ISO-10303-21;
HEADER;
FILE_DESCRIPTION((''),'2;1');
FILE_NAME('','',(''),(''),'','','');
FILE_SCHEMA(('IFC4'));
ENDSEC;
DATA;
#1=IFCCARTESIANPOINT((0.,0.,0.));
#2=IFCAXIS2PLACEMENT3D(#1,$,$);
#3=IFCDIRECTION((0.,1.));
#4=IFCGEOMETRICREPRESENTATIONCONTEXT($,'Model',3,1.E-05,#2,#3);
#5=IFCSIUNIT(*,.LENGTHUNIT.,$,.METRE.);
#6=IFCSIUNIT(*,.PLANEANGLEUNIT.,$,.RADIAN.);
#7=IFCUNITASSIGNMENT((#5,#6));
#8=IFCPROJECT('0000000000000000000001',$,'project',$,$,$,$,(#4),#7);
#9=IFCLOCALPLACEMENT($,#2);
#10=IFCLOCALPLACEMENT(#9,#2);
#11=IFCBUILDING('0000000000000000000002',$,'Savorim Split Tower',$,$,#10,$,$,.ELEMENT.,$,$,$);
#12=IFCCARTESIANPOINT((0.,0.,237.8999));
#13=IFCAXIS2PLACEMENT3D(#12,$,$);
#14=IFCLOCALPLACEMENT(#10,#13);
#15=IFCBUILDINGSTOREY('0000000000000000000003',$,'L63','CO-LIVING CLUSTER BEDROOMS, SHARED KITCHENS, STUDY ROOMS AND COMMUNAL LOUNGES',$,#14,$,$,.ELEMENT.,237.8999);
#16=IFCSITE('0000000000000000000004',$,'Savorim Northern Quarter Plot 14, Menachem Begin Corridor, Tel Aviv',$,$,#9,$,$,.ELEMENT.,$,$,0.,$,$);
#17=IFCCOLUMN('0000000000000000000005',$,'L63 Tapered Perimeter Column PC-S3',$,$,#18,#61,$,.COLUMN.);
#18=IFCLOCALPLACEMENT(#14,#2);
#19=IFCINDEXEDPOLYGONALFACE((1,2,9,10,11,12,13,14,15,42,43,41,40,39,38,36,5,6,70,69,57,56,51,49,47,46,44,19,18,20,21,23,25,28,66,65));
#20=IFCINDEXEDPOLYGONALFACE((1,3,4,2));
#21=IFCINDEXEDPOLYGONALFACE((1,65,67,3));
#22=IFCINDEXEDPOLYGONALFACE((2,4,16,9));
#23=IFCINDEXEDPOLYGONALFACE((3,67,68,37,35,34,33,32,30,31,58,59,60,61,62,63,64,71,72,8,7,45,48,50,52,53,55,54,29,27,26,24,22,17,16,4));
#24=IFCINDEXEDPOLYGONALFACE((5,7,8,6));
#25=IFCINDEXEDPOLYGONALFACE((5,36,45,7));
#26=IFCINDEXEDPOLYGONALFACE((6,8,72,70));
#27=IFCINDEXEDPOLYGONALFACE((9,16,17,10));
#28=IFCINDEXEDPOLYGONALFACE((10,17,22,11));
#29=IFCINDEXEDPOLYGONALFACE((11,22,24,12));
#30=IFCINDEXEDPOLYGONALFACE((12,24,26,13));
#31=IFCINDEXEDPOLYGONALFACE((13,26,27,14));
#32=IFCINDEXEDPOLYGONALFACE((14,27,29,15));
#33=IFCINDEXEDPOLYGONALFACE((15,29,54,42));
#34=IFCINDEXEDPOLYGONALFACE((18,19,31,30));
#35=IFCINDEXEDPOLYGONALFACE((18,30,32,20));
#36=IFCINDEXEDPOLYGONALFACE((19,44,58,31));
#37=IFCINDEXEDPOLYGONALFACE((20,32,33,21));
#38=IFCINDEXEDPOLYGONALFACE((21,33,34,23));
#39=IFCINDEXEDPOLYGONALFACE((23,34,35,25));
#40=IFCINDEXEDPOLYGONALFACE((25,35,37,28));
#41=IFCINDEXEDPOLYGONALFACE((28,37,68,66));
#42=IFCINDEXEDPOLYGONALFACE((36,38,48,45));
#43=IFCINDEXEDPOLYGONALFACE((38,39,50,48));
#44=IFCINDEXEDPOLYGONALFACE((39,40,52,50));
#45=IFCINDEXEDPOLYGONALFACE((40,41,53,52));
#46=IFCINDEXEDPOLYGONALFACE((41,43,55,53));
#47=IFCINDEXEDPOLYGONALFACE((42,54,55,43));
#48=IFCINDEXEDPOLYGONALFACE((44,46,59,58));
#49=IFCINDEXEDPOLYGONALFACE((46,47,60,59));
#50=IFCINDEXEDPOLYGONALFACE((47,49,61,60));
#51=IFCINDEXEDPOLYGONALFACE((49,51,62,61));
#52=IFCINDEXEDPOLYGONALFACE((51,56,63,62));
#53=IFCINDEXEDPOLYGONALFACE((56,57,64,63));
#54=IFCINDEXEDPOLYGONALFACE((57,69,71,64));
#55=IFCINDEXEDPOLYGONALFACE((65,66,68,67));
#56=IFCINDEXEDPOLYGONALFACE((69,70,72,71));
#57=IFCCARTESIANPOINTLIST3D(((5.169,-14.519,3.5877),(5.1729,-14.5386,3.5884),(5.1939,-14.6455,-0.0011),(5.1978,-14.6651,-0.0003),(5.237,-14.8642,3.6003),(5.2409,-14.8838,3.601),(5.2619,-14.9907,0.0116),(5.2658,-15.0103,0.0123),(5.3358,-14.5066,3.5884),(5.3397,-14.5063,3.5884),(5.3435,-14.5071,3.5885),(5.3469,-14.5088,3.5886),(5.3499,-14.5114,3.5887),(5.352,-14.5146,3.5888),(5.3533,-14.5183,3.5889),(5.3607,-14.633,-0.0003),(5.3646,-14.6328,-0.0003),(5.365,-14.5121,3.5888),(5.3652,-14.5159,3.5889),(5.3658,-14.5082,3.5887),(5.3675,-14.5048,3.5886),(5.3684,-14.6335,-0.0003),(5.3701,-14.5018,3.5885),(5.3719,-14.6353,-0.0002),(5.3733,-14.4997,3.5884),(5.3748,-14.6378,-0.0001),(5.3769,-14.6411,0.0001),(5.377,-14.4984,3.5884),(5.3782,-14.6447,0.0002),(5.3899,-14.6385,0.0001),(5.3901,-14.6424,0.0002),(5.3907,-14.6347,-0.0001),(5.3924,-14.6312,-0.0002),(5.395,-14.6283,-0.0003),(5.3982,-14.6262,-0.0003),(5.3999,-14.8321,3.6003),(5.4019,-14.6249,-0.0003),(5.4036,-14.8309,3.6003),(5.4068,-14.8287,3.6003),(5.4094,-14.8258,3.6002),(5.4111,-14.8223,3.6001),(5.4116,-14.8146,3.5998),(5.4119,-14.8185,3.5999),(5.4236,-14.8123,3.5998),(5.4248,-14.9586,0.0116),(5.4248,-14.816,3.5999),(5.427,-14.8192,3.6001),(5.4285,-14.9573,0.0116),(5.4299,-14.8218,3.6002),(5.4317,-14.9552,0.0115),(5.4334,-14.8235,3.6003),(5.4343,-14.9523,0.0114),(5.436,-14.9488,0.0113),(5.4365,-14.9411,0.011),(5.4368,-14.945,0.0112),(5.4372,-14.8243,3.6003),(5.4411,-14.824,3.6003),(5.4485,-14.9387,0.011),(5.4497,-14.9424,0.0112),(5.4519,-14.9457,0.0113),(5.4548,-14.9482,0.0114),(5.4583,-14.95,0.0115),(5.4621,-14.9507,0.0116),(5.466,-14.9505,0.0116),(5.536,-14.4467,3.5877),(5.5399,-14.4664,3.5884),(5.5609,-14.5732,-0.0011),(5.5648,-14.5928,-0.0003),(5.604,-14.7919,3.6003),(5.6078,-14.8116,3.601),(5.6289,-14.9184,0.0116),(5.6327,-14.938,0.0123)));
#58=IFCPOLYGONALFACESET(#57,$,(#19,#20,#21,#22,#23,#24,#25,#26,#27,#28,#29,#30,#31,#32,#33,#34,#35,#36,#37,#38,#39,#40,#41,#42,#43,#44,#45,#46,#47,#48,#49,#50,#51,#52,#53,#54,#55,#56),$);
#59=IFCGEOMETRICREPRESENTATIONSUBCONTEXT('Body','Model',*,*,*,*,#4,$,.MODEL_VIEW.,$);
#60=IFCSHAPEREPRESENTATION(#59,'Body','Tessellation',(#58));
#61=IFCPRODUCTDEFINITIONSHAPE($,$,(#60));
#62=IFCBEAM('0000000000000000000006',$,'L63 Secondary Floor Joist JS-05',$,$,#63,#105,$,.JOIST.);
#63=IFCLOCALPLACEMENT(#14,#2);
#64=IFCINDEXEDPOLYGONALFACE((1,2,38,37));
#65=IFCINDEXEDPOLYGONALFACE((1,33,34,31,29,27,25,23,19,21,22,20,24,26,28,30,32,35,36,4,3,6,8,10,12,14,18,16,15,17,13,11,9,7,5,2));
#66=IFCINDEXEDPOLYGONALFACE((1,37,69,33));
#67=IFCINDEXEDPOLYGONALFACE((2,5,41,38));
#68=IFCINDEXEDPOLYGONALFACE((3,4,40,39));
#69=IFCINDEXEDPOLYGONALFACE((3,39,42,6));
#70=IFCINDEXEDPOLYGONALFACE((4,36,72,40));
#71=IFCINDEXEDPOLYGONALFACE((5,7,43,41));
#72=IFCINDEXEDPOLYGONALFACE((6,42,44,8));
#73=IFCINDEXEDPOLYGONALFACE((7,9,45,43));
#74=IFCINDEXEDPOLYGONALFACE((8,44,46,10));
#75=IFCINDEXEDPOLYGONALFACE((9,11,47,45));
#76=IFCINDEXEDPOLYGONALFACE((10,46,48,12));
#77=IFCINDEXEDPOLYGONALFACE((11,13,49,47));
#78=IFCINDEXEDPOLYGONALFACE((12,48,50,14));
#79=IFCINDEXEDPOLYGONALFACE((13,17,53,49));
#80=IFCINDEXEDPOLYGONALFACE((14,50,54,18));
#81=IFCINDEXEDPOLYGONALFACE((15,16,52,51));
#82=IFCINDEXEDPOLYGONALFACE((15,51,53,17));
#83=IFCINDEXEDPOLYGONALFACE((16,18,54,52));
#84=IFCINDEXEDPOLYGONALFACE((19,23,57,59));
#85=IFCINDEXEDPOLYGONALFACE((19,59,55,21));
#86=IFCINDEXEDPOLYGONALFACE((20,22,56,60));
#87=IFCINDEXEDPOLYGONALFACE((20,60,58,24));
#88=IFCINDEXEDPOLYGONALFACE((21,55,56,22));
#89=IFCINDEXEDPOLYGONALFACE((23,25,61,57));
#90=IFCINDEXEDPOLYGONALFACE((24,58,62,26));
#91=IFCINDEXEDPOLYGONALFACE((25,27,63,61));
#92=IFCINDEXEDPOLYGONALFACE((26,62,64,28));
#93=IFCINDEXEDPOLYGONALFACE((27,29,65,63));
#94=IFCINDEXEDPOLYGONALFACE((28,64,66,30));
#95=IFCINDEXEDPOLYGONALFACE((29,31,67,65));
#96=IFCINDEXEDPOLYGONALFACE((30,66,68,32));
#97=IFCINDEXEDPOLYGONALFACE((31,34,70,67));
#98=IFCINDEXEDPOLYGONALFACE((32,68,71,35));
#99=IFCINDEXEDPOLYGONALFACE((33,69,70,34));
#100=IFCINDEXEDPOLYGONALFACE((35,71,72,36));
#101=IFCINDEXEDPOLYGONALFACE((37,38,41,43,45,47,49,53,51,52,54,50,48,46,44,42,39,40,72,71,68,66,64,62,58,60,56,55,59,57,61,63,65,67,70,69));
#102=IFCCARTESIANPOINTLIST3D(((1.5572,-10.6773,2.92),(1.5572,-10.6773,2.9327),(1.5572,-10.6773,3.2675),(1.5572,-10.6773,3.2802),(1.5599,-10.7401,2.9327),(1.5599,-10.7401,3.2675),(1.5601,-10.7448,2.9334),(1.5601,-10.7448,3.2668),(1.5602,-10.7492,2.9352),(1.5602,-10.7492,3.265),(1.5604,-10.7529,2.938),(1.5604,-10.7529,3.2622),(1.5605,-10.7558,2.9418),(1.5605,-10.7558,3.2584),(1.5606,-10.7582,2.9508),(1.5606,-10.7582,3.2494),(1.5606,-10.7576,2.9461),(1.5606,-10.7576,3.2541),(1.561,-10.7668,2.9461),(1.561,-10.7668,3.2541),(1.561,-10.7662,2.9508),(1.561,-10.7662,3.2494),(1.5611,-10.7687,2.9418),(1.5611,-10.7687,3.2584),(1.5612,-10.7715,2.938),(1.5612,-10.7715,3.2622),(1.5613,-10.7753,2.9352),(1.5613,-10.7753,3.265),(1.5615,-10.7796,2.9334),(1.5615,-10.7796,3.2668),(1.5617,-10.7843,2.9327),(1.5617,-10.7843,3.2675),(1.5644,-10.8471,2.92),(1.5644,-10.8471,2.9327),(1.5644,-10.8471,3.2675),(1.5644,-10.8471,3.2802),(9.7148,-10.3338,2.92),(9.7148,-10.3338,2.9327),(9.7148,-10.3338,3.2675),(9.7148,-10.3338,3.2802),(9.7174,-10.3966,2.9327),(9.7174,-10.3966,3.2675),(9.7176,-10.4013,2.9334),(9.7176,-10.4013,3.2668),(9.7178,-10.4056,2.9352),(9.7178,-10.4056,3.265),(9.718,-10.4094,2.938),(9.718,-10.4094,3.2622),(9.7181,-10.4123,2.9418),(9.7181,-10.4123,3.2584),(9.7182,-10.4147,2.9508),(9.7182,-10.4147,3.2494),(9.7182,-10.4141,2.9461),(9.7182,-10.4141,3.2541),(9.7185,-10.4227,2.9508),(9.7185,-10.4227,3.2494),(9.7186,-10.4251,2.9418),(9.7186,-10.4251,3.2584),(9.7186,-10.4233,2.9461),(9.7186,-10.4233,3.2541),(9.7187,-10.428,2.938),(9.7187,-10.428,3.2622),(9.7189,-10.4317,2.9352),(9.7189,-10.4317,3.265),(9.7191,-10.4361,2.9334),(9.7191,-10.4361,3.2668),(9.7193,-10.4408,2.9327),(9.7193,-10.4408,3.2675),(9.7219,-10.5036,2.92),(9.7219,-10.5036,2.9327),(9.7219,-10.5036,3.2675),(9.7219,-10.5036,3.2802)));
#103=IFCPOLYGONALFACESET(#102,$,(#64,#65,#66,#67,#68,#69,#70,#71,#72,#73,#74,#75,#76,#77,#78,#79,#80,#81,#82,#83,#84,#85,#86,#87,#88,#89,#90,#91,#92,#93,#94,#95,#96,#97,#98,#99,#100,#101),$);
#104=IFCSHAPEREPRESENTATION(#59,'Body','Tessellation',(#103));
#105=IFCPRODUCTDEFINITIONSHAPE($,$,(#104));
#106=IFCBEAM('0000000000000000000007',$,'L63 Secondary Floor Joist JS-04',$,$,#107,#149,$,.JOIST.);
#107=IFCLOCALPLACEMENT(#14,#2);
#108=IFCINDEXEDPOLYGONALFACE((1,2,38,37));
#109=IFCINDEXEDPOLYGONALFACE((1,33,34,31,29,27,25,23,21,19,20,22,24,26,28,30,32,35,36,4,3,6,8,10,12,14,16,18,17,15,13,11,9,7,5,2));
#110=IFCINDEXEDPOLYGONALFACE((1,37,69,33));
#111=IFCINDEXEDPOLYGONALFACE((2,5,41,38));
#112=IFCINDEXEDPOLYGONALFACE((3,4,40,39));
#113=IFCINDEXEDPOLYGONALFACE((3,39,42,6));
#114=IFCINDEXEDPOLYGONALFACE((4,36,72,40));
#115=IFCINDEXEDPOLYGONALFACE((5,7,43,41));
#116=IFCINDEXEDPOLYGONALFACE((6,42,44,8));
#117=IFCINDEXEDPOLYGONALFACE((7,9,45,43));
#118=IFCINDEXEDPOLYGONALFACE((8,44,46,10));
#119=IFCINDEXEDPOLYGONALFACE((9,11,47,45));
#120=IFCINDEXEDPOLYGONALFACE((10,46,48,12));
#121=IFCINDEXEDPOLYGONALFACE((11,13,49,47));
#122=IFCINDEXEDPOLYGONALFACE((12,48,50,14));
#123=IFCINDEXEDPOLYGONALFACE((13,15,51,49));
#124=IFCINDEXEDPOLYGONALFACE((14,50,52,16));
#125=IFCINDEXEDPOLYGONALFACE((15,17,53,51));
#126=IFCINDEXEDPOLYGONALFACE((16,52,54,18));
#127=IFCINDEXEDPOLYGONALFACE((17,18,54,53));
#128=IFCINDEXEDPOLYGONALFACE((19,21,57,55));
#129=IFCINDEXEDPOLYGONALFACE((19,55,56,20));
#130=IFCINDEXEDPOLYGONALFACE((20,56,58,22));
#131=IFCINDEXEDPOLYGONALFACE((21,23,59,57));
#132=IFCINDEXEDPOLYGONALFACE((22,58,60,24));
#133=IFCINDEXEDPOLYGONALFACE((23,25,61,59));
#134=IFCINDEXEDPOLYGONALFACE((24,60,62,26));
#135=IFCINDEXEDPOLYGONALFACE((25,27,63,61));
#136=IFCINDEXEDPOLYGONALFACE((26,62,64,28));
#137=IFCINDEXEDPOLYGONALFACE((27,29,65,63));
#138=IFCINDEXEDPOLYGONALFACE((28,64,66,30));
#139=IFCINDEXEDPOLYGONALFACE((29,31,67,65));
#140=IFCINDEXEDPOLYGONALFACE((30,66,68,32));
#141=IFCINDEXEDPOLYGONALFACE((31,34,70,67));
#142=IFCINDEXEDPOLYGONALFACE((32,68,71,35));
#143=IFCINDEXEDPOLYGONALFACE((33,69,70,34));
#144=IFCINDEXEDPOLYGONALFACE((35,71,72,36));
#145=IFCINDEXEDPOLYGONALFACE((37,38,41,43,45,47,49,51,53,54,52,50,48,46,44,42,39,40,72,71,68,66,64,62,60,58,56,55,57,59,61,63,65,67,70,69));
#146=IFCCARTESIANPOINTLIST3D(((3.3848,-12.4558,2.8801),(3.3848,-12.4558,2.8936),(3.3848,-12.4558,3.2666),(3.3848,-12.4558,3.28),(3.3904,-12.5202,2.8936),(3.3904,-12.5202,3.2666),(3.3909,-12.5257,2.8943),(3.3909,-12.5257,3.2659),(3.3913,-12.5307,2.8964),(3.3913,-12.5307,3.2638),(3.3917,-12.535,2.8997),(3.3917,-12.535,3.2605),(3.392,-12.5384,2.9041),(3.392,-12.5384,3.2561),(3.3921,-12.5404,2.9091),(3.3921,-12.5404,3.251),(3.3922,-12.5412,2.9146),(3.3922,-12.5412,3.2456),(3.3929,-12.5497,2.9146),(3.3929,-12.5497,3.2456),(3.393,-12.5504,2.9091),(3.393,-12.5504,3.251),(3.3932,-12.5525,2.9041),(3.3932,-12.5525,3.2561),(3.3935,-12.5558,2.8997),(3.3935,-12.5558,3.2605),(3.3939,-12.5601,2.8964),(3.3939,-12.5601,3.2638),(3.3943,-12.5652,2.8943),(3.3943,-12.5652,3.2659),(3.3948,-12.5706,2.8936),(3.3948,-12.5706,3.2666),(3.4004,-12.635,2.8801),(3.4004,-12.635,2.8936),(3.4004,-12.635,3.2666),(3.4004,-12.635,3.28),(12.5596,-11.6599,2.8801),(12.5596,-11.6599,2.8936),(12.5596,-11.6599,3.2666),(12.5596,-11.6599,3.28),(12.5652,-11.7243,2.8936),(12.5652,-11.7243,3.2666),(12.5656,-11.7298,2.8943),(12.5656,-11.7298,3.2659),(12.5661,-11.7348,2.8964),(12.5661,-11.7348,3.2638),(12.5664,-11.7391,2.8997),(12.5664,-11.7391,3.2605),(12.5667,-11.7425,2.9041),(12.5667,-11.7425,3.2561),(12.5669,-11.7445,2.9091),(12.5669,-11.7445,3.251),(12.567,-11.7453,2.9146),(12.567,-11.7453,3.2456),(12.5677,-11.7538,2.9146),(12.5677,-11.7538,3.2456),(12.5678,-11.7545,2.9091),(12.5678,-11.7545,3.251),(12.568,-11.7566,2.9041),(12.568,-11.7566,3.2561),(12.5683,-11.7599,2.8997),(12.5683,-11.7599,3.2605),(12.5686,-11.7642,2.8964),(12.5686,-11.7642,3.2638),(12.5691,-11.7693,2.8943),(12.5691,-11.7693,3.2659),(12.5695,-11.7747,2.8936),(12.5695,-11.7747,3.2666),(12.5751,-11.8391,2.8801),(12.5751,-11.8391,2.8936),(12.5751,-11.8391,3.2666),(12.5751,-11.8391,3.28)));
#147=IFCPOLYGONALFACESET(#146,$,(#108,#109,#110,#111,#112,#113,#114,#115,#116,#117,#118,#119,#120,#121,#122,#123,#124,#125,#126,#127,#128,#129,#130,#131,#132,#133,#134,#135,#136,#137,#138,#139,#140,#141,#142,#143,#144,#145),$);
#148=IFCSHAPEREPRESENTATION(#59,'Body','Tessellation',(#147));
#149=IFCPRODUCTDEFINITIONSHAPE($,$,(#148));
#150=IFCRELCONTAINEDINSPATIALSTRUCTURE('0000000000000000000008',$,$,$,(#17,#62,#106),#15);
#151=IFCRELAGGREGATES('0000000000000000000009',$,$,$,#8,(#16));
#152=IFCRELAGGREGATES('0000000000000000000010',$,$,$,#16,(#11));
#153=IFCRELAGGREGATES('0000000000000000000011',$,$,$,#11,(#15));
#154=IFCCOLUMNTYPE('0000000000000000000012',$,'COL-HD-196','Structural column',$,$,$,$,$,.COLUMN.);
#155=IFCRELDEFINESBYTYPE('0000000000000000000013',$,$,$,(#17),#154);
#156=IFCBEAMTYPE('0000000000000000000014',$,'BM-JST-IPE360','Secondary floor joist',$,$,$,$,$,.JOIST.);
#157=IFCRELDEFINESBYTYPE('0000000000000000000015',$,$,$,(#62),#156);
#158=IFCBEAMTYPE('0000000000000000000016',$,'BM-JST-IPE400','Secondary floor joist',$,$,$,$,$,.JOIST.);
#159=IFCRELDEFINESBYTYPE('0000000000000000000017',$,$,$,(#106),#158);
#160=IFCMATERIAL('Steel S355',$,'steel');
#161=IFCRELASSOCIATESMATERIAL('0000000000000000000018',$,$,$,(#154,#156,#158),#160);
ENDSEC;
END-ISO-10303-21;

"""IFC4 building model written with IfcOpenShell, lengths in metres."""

from ifc_helpers import new_model, si_unit, direction, frame, origin, origin_2d, place, context, subcontext, project, spatial, i_section, extrude, material, material_profile, profile_set, type_object, element, save


model = new_model("IFC4")

# Units and contexts
model_context = context("Model", 3, precision=1e-05, world=origin(), true_north=direction((0.0, 1.0)))
body_context = subcontext(model_context, "Body", "Model", "MODEL_VIEW")
ifc_project = project(units=[si_unit("LENGTHUNIT", "METRE"), si_unit("PLANEANGLEUNIT", "RADIAN")], contexts=[model_context])

# Site, building, storey
site_placement = place(None, origin())
site = spatial("IfcSite", under=ifc_project, at=site_placement, Name="Savorim Northern Quarter Plot 14, Menachem Begin Corridor, Tel Aviv", CompositionType="ELEMENT", RefElevation=0.0)
building_placement = place(site_placement, origin())
building = spatial("IfcBuilding", under=site, at=building_placement, Name="Savorim Split Tower", CompositionType="ELEMENT")
storey_placement = place(building_placement, frame((0.0, 0.0, 237.8999)))
storey = spatial("IfcBuildingStorey", under=building, at=storey_placement, Name="L63", Description="CO-LIVING CLUSTER BEDROOMS, SHARED KITCHENS, STUDY ROOMS AND COMMUNAL LOUNGES", CompositionType="ELEMENT", Elevation=237.8999)

# Column
ifc_material_1 = material(Name="Steel S355", Category="steel")
ifc_material_profile_1 = material_profile(ifc_material_1, i_section(OverallWidth=0.374, OverallDepth=0.3721, WebThickness=0.0122, FlangeThickness=0.02, FilletRadius=0.0149, at=origin_2d()), Name="HD 360x196")
ifc_profile_set_1 = profile_set([ifc_material_profile_1], Name="Steel S355")
column_type = type_object("IfcColumnType", Name="COL-HD-196", Description="Structural column", PredefinedType="COLUMN", material=ifc_profile_set_1)
column_placement = place(storey_placement, frame((5.4133, -14.7917, 0.0056), z_axis=(-0.006934, 0.035215, 0.999356), x_axis=(-0.981159, -0.193201, 0.0)))
element("IfcColumn", 1, at=column_placement, inside=storey, type_object=column_type, Name="L63 Tapered Perimeter Column PC-S3", PredefinedType="COLUMN", context=body_context, shape_type="SweptSolid", body=[
    extrude(i_section(OverallWidth=0.374, OverallDepth=0.3721, WebThickness=0.0122, FlangeThickness=0.02, FilletRadius=0.0149, at=origin_2d()), origin(), (0.0, 0.0, 1.0), 3.5911),
])

# Beams
ifc_material_profile_2 = material_profile(ifc_material_1, i_section(OverallWidth=0.1699, OverallDepth=0.3601, WebThickness=0.0081, FlangeThickness=0.0127, FilletRadius=0.0181, at=origin_2d()), Name="IPE 360")
ifc_profile_set_2 = profile_set([ifc_material_profile_2], Name="Steel S355")
beam_type_1 = type_object("IfcBeamType", Name="BM-JST-IPE360", Description="Secondary floor joist", PredefinedType="JOIST", material=ifc_profile_set_2)
beam_1_placement = place(storey_placement, frame((1.5608, -10.7622, 3.1001), z_axis=(0.999115, 0.042072, 0.0), x_axis=(-0.042072, 0.999115, 0.0)))
element("IfcBeam", 2, at=beam_1_placement, inside=storey, type_object=beam_type_1, Name="L63 Secondary Floor Joist JS-05", PredefinedType="JOIST", context=body_context, shape_type="SweptSolid", body=[
    extrude(i_section(OverallWidth=0.1699, OverallDepth=0.3601, WebThickness=0.0081, FlangeThickness=0.0127, FilletRadius=0.0181, at=origin_2d()), origin(), (0.0, 0.0, 1.0), 8.1648),
])
ifc_material_profile_3 = material_profile(ifc_material_1, i_section(OverallWidth=0.1799, OverallDepth=0.3999, WebThickness=0.0085, FlangeThickness=0.0134, FilletRadius=0.021, at=origin_2d()), Name="IPE 400")
ifc_profile_set_3 = profile_set([ifc_material_profile_3], Name="Steel S355")
beam_type_2 = type_object("IfcBeamType", Name="BM-JST-IPE400", Description="Secondary floor joist", PredefinedType="JOIST", material=ifc_profile_set_3)
beam_2_placement = place(storey_placement, frame((3.3926, -12.5454, 3.0801), z_axis=(0.996258, 0.086424, 0.0), x_axis=(-0.086424, 0.996258, 0.0)))
element("IfcBeam", 3, at=beam_2_placement, inside=storey, type_object=beam_type_2, Name="L63 Secondary Floor Joist JS-04", PredefinedType="JOIST", context=body_context, shape_type="SweptSolid", body=[
    extrude(i_section(OverallWidth=0.1799, OverallDepth=0.3999, WebThickness=0.0085, FlangeThickness=0.0134, FilletRadius=0.021, at=origin_2d()), origin(), (0.0, 0.0, 1.0), 9.2092),
])

save(model, "model.ifc")
